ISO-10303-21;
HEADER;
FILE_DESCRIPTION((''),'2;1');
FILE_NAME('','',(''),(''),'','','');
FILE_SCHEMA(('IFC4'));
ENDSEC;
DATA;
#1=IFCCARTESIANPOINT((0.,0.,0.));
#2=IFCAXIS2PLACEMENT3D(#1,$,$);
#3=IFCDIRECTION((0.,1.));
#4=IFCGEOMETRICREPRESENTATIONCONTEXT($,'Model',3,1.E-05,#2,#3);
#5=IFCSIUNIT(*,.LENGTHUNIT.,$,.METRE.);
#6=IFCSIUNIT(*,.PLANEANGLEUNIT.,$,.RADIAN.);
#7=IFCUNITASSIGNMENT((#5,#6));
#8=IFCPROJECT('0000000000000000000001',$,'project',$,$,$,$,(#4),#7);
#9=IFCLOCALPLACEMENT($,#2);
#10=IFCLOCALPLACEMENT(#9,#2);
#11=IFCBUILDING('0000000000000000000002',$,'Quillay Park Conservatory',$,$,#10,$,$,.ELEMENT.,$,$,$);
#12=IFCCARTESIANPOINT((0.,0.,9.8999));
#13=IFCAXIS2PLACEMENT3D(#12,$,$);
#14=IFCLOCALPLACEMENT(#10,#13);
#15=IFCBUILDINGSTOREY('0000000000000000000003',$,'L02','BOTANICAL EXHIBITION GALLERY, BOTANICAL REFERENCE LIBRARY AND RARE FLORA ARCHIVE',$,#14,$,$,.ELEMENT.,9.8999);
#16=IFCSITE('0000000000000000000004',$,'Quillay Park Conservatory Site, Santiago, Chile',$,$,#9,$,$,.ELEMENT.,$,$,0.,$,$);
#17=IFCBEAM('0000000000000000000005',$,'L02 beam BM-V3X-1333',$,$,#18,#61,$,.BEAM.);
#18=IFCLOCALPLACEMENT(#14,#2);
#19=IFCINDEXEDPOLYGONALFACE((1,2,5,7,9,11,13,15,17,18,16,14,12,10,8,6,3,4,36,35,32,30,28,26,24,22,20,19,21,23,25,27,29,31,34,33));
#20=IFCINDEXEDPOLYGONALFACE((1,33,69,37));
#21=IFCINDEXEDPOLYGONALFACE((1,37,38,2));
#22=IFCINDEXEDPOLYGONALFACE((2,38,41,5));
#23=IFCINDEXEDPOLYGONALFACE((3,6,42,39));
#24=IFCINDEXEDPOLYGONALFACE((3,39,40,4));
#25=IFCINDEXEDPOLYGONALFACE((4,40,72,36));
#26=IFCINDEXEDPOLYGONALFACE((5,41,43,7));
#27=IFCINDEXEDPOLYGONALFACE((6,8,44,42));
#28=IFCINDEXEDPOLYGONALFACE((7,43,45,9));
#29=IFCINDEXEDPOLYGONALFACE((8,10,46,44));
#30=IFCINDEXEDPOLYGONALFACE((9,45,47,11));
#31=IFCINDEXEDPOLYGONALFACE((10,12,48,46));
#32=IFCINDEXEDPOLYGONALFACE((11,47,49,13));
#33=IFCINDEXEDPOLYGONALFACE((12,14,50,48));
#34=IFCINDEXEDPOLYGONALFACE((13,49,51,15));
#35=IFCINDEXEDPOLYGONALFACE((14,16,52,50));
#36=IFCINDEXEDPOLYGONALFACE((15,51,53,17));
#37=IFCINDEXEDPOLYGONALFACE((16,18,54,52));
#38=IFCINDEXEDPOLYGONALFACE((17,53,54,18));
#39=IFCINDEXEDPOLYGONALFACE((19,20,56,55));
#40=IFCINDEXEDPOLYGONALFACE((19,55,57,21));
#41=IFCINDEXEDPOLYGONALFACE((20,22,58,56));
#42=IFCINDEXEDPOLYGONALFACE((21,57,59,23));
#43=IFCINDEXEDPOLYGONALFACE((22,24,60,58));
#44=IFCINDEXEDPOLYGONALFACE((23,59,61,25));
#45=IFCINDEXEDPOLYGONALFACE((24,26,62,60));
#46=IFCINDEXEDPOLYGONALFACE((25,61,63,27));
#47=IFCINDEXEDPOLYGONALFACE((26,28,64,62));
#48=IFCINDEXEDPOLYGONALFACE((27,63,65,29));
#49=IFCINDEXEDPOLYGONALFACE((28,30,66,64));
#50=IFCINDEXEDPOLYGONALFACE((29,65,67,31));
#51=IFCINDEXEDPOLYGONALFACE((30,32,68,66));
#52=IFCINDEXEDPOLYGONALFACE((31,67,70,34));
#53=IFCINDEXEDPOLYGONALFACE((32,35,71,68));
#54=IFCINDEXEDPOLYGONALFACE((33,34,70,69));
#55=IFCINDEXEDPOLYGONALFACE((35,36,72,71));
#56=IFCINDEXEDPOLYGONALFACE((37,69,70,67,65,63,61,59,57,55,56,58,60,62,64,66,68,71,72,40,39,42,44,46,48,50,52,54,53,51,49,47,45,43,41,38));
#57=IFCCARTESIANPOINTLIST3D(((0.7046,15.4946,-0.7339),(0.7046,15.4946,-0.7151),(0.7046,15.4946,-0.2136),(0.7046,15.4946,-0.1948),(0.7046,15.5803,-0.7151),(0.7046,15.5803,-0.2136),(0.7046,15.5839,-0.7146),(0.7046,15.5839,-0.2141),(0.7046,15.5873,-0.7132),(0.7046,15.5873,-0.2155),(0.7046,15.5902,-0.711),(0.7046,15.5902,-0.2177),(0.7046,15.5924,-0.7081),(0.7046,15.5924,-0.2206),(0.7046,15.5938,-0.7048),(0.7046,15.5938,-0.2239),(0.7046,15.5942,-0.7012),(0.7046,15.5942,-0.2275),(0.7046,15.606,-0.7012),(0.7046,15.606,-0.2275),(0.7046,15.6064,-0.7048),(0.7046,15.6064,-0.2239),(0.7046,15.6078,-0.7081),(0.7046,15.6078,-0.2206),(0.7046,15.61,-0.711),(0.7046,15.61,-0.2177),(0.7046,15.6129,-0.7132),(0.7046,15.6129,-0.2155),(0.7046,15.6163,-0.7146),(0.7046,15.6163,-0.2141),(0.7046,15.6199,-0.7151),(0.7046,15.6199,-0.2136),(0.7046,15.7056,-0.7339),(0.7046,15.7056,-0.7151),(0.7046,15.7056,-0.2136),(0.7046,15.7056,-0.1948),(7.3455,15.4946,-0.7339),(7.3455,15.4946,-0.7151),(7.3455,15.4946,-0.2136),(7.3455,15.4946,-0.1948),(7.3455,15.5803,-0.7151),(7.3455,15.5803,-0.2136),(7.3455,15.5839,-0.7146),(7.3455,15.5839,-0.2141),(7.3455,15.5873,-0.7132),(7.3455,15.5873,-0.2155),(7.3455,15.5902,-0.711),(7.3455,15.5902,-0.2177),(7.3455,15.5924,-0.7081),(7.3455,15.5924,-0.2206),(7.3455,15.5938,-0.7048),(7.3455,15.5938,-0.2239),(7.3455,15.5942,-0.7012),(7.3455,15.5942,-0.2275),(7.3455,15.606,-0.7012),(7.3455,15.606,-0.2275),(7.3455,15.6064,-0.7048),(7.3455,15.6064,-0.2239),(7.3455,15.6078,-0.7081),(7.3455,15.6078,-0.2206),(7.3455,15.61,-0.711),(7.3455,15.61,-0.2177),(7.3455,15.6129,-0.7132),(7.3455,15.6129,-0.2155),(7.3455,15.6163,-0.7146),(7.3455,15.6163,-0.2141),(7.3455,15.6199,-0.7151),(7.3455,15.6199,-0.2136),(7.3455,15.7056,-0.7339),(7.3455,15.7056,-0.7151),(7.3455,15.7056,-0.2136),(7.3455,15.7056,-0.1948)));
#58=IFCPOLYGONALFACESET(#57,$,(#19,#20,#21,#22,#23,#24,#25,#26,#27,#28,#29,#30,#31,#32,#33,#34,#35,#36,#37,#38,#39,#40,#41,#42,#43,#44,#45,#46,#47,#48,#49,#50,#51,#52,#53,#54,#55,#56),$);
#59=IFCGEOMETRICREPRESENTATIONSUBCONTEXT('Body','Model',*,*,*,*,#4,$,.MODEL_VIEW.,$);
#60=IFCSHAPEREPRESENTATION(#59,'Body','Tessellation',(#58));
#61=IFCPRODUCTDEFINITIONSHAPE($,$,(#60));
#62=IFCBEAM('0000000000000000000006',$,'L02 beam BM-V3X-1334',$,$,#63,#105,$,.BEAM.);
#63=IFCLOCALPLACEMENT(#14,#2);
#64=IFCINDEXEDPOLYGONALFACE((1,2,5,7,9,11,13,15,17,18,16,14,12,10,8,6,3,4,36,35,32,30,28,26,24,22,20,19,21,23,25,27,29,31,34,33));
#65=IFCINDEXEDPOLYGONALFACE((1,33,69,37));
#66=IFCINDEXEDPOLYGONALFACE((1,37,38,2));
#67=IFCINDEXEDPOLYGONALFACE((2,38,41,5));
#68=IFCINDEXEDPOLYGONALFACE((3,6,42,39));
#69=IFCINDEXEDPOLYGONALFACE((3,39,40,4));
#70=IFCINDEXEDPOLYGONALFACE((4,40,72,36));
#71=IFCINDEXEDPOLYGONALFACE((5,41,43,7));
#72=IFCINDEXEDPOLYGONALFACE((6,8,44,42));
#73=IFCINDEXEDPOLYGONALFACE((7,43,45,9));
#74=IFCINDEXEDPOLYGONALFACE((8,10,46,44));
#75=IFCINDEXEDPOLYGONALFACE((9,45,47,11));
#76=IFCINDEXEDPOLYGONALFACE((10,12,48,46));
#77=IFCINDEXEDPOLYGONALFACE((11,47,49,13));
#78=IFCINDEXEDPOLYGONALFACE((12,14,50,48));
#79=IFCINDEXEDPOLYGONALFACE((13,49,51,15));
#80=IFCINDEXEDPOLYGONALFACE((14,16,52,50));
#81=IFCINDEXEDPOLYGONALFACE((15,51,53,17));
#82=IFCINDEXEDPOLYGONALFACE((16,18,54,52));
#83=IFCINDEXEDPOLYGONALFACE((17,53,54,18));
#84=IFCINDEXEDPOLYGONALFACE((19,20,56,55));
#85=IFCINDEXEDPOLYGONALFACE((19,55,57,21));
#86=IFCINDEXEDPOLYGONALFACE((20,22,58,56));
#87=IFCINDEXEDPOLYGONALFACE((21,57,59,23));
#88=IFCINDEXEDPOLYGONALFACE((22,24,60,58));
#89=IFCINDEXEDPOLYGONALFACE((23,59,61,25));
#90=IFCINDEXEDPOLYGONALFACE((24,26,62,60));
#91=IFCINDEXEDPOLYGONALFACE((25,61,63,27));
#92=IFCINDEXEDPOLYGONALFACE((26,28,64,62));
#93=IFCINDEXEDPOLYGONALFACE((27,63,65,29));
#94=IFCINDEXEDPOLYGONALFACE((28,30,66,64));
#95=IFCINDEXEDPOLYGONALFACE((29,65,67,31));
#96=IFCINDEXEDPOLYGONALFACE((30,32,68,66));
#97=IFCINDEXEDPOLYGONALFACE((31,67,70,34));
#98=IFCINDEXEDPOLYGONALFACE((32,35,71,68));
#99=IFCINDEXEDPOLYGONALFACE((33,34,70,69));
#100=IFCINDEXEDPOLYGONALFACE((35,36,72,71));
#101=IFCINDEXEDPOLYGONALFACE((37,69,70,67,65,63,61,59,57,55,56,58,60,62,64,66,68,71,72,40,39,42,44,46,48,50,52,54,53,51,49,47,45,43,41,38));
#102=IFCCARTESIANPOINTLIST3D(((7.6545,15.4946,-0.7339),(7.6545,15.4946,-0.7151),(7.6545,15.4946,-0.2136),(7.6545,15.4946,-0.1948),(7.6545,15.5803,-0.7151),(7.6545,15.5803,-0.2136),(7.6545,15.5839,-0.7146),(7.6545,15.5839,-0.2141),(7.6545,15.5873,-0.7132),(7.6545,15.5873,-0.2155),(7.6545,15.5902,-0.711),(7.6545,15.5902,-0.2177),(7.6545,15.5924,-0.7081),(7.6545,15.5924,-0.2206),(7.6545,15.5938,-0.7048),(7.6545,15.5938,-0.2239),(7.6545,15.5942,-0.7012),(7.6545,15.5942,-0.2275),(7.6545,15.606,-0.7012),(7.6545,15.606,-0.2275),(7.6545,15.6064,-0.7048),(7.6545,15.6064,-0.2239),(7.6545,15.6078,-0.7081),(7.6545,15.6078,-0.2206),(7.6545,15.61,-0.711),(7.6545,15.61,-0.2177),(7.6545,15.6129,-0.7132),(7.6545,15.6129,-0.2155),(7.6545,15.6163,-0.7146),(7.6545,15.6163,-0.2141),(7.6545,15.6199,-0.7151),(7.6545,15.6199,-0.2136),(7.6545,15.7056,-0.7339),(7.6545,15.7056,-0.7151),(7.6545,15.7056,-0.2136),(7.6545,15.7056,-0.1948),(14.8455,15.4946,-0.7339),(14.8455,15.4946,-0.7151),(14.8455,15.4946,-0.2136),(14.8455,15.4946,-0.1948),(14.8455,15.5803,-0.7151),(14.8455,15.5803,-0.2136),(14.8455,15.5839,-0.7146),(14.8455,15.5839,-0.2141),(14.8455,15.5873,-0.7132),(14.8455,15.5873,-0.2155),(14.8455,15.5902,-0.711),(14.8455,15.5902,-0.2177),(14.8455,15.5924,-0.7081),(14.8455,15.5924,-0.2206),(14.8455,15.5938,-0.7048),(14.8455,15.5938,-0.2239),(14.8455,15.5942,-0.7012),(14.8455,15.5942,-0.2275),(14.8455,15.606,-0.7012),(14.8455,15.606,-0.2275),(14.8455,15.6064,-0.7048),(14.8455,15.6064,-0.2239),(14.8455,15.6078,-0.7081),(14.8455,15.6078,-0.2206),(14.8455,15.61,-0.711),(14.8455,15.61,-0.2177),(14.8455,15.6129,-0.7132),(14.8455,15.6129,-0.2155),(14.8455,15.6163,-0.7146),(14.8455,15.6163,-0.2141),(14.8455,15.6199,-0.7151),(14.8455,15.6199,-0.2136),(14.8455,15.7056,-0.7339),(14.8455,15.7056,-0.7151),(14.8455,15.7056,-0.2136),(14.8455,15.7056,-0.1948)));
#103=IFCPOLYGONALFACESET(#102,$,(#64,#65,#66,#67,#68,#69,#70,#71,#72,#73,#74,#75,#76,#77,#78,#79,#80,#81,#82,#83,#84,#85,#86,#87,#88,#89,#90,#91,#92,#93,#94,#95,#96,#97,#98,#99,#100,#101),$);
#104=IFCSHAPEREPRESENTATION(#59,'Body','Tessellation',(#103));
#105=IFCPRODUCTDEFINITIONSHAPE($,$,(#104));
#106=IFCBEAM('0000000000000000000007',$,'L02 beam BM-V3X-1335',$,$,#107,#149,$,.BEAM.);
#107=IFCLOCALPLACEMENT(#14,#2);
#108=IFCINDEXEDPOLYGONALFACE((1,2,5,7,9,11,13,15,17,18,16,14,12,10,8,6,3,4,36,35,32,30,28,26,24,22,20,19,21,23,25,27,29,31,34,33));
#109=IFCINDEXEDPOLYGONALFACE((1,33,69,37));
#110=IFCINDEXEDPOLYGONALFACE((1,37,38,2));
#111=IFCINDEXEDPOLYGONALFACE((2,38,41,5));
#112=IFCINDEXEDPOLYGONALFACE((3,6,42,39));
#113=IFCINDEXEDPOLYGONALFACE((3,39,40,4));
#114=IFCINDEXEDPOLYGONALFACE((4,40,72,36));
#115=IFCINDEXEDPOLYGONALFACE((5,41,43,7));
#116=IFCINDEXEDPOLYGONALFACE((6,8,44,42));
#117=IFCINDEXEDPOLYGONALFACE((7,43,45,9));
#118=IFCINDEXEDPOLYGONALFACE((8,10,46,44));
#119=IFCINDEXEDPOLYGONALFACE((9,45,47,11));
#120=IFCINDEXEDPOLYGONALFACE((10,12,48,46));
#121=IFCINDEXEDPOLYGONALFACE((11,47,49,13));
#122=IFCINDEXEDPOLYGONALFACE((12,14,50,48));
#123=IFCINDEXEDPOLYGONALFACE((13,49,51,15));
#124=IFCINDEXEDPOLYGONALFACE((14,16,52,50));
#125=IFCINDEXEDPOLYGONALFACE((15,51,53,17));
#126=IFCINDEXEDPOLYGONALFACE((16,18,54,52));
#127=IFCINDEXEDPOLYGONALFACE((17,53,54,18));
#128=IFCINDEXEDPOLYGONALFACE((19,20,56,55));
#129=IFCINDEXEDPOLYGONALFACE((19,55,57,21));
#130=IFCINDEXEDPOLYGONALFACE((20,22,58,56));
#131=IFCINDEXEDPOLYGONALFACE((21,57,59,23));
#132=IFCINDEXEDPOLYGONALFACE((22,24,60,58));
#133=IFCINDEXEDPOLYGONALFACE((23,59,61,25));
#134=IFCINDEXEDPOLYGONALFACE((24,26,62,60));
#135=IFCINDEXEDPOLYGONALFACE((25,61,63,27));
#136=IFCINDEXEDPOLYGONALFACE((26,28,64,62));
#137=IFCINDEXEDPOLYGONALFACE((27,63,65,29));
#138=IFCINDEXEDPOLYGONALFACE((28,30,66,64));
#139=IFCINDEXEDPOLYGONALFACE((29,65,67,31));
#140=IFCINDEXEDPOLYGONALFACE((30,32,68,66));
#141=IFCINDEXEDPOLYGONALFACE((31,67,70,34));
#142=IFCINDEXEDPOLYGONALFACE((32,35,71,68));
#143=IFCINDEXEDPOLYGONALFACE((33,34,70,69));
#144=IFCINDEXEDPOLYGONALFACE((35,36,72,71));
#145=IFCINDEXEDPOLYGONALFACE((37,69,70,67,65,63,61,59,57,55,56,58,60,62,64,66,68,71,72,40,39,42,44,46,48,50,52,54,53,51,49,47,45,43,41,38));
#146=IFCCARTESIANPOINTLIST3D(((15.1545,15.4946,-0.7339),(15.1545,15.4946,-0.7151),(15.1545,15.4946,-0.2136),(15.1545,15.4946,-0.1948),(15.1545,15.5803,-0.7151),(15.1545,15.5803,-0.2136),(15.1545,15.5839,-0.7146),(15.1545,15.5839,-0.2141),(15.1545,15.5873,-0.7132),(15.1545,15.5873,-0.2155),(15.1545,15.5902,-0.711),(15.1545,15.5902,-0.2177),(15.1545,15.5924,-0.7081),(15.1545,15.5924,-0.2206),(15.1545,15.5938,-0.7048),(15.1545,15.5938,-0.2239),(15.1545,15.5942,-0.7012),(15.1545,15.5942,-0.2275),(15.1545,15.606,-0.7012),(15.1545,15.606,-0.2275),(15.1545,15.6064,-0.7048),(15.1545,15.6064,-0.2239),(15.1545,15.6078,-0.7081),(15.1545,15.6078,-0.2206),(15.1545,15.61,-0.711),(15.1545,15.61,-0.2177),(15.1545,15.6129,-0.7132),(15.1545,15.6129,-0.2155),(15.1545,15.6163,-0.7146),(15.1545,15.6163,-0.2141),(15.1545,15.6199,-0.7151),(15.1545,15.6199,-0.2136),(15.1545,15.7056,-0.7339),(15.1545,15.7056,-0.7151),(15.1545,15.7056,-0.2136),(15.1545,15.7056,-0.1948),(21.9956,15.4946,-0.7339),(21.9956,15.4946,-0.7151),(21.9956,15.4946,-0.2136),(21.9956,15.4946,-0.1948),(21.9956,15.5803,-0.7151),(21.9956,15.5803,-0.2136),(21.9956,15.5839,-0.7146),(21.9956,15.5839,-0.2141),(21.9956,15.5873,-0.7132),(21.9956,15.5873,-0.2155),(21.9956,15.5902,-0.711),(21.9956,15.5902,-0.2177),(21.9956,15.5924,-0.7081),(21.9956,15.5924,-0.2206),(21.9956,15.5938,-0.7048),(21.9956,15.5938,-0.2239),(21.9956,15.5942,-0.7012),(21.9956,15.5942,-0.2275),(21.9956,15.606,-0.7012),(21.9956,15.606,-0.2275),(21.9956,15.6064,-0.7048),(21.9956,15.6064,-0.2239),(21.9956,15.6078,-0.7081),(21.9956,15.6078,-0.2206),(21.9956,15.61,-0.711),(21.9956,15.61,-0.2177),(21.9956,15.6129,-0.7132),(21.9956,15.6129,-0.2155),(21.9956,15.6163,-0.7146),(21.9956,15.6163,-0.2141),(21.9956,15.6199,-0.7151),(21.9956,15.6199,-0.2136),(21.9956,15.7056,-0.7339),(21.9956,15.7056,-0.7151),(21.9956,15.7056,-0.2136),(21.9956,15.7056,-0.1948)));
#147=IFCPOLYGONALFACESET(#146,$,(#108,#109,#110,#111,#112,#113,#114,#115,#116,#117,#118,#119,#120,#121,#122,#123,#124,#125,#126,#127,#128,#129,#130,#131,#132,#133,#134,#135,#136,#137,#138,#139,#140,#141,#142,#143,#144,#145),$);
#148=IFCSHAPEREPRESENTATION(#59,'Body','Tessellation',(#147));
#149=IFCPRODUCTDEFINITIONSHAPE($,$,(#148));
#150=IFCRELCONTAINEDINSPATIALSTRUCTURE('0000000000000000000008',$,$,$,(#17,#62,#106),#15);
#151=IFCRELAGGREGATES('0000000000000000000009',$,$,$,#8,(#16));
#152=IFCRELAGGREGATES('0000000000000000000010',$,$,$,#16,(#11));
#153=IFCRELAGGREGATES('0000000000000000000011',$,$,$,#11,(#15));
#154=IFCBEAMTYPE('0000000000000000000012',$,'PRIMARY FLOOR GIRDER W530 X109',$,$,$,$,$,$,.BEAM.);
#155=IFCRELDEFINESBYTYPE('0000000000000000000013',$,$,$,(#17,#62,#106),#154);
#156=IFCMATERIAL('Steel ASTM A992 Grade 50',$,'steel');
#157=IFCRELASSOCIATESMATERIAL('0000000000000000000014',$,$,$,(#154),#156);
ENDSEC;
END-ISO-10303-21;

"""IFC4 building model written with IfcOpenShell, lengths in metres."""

from ifc_helpers import new_model, si_unit, direction, frame, origin, origin_2d, place, context, subcontext, project, spatial, i_section, extrude, material, material_profile, profile_set, type_object, element, save


model = new_model("IFC4")

# Units and contexts
model_context = context("Model", 3, precision=1e-05, world=origin(), true_north=direction((0.0, 1.0)))
body_context = subcontext(model_context, "Body", "Model", "MODEL_VIEW")
ifc_project = project(units=[si_unit("LENGTHUNIT", "METRE"), si_unit("PLANEANGLEUNIT", "RADIAN")], contexts=[model_context])

# Site, building, storey
site_placement = place(None, origin())
site = spatial("IfcSite", under=ifc_project, at=site_placement, Name="Quillay Park Conservatory Site, Santiago, Chile", CompositionType="ELEMENT", RefElevation=0.0)
building_placement = place(site_placement, origin())
building = spatial("IfcBuilding", under=site, at=building_placement, Name="Quillay Park Conservatory", CompositionType="ELEMENT")
storey_placement = place(building_placement, frame((0.0, 0.0, 9.8999)))
storey = spatial("IfcBuildingStorey", under=building, at=storey_placement, Name="L02", Description="BOTANICAL EXHIBITION GALLERY, BOTANICAL REFERENCE LIBRARY AND RARE FLORA ARCHIVE", CompositionType="ELEMENT", Elevation=9.8999)

# Beams
ifc_material_1 = material(Name="Steel ASTM A992 Grade 50", Category="steel")
ifc_material_profile_1 = material_profile(ifc_material_1, i_section(OverallWidth=0.2109, OverallDepth=0.5391, WebThickness=0.0117, FlangeThickness=0.0188, FilletRadius=0.0139, at=origin_2d()), Name="W530x109")
ifc_profile_set_1 = profile_set([ifc_material_profile_1], Name="Steel ASTM A992 Grade 50")
beam_type_1 = type_object("IfcBeamType", Name="PRIMARY FLOOR GIRDER W530 X109", PredefinedType="BEAM", material=ifc_profile_set_1)
beam_1_placement = place(storey_placement, frame((0.7046, 15.6001, -0.4644), z_axis=(1.0, 0.0, 0.0), x_axis=(0.0, 1.0, 0.0)))
element("IfcBeam", 1, at=beam_1_placement, inside=storey, type_object=beam_type_1, Name="L02 beam BM-V3X-1333", PredefinedType="BEAM", context=body_context, shape_type="SweptSolid", body=[
    extrude(i_section(OverallWidth=0.2109, OverallDepth=0.5391, WebThickness=0.0117, FlangeThickness=0.0188, FilletRadius=0.0139, at=origin_2d()), origin(), (0.0, 0.0, 1.0), 6.6409),
])
beam_2_placement = place(storey_placement, frame((7.6545, 15.6001, -0.4644), z_axis=(1.0, 0.0, 0.0), x_axis=(0.0, 1.0, 0.0)))
element("IfcBeam", 2, at=beam_2_placement, inside=storey, type_object=beam_type_1, Name="L02 beam BM-V3X-1334", PredefinedType="BEAM", context=body_context, shape_type="SweptSolid", body=[
    extrude(i_section(OverallWidth=0.2109, OverallDepth=0.5391, WebThickness=0.0117, FlangeThickness=0.0188, FilletRadius=0.0139, at=origin_2d()), origin(), (0.0, 0.0, 1.0), 7.1909),
])
beam_3_placement = place(storey_placement, frame((15.1545, 15.6001, -0.4644), z_axis=(1.0, 0.0, 0.0), x_axis=(0.0, 1.0, 0.0)))
element("IfcBeam", 3, at=beam_3_placement, inside=storey, type_object=beam_type_1, Name="L02 beam BM-V3X-1335", PredefinedType="BEAM", context=body_context, shape_type="SweptSolid", body=[
    extrude(i_section(OverallWidth=0.2109, OverallDepth=0.5391, WebThickness=0.0117, FlangeThickness=0.0188, FilletRadius=0.0139, at=origin_2d()), origin(), (0.0, 0.0, 1.0), 6.8411),
])

save(model, "model.ifc")
